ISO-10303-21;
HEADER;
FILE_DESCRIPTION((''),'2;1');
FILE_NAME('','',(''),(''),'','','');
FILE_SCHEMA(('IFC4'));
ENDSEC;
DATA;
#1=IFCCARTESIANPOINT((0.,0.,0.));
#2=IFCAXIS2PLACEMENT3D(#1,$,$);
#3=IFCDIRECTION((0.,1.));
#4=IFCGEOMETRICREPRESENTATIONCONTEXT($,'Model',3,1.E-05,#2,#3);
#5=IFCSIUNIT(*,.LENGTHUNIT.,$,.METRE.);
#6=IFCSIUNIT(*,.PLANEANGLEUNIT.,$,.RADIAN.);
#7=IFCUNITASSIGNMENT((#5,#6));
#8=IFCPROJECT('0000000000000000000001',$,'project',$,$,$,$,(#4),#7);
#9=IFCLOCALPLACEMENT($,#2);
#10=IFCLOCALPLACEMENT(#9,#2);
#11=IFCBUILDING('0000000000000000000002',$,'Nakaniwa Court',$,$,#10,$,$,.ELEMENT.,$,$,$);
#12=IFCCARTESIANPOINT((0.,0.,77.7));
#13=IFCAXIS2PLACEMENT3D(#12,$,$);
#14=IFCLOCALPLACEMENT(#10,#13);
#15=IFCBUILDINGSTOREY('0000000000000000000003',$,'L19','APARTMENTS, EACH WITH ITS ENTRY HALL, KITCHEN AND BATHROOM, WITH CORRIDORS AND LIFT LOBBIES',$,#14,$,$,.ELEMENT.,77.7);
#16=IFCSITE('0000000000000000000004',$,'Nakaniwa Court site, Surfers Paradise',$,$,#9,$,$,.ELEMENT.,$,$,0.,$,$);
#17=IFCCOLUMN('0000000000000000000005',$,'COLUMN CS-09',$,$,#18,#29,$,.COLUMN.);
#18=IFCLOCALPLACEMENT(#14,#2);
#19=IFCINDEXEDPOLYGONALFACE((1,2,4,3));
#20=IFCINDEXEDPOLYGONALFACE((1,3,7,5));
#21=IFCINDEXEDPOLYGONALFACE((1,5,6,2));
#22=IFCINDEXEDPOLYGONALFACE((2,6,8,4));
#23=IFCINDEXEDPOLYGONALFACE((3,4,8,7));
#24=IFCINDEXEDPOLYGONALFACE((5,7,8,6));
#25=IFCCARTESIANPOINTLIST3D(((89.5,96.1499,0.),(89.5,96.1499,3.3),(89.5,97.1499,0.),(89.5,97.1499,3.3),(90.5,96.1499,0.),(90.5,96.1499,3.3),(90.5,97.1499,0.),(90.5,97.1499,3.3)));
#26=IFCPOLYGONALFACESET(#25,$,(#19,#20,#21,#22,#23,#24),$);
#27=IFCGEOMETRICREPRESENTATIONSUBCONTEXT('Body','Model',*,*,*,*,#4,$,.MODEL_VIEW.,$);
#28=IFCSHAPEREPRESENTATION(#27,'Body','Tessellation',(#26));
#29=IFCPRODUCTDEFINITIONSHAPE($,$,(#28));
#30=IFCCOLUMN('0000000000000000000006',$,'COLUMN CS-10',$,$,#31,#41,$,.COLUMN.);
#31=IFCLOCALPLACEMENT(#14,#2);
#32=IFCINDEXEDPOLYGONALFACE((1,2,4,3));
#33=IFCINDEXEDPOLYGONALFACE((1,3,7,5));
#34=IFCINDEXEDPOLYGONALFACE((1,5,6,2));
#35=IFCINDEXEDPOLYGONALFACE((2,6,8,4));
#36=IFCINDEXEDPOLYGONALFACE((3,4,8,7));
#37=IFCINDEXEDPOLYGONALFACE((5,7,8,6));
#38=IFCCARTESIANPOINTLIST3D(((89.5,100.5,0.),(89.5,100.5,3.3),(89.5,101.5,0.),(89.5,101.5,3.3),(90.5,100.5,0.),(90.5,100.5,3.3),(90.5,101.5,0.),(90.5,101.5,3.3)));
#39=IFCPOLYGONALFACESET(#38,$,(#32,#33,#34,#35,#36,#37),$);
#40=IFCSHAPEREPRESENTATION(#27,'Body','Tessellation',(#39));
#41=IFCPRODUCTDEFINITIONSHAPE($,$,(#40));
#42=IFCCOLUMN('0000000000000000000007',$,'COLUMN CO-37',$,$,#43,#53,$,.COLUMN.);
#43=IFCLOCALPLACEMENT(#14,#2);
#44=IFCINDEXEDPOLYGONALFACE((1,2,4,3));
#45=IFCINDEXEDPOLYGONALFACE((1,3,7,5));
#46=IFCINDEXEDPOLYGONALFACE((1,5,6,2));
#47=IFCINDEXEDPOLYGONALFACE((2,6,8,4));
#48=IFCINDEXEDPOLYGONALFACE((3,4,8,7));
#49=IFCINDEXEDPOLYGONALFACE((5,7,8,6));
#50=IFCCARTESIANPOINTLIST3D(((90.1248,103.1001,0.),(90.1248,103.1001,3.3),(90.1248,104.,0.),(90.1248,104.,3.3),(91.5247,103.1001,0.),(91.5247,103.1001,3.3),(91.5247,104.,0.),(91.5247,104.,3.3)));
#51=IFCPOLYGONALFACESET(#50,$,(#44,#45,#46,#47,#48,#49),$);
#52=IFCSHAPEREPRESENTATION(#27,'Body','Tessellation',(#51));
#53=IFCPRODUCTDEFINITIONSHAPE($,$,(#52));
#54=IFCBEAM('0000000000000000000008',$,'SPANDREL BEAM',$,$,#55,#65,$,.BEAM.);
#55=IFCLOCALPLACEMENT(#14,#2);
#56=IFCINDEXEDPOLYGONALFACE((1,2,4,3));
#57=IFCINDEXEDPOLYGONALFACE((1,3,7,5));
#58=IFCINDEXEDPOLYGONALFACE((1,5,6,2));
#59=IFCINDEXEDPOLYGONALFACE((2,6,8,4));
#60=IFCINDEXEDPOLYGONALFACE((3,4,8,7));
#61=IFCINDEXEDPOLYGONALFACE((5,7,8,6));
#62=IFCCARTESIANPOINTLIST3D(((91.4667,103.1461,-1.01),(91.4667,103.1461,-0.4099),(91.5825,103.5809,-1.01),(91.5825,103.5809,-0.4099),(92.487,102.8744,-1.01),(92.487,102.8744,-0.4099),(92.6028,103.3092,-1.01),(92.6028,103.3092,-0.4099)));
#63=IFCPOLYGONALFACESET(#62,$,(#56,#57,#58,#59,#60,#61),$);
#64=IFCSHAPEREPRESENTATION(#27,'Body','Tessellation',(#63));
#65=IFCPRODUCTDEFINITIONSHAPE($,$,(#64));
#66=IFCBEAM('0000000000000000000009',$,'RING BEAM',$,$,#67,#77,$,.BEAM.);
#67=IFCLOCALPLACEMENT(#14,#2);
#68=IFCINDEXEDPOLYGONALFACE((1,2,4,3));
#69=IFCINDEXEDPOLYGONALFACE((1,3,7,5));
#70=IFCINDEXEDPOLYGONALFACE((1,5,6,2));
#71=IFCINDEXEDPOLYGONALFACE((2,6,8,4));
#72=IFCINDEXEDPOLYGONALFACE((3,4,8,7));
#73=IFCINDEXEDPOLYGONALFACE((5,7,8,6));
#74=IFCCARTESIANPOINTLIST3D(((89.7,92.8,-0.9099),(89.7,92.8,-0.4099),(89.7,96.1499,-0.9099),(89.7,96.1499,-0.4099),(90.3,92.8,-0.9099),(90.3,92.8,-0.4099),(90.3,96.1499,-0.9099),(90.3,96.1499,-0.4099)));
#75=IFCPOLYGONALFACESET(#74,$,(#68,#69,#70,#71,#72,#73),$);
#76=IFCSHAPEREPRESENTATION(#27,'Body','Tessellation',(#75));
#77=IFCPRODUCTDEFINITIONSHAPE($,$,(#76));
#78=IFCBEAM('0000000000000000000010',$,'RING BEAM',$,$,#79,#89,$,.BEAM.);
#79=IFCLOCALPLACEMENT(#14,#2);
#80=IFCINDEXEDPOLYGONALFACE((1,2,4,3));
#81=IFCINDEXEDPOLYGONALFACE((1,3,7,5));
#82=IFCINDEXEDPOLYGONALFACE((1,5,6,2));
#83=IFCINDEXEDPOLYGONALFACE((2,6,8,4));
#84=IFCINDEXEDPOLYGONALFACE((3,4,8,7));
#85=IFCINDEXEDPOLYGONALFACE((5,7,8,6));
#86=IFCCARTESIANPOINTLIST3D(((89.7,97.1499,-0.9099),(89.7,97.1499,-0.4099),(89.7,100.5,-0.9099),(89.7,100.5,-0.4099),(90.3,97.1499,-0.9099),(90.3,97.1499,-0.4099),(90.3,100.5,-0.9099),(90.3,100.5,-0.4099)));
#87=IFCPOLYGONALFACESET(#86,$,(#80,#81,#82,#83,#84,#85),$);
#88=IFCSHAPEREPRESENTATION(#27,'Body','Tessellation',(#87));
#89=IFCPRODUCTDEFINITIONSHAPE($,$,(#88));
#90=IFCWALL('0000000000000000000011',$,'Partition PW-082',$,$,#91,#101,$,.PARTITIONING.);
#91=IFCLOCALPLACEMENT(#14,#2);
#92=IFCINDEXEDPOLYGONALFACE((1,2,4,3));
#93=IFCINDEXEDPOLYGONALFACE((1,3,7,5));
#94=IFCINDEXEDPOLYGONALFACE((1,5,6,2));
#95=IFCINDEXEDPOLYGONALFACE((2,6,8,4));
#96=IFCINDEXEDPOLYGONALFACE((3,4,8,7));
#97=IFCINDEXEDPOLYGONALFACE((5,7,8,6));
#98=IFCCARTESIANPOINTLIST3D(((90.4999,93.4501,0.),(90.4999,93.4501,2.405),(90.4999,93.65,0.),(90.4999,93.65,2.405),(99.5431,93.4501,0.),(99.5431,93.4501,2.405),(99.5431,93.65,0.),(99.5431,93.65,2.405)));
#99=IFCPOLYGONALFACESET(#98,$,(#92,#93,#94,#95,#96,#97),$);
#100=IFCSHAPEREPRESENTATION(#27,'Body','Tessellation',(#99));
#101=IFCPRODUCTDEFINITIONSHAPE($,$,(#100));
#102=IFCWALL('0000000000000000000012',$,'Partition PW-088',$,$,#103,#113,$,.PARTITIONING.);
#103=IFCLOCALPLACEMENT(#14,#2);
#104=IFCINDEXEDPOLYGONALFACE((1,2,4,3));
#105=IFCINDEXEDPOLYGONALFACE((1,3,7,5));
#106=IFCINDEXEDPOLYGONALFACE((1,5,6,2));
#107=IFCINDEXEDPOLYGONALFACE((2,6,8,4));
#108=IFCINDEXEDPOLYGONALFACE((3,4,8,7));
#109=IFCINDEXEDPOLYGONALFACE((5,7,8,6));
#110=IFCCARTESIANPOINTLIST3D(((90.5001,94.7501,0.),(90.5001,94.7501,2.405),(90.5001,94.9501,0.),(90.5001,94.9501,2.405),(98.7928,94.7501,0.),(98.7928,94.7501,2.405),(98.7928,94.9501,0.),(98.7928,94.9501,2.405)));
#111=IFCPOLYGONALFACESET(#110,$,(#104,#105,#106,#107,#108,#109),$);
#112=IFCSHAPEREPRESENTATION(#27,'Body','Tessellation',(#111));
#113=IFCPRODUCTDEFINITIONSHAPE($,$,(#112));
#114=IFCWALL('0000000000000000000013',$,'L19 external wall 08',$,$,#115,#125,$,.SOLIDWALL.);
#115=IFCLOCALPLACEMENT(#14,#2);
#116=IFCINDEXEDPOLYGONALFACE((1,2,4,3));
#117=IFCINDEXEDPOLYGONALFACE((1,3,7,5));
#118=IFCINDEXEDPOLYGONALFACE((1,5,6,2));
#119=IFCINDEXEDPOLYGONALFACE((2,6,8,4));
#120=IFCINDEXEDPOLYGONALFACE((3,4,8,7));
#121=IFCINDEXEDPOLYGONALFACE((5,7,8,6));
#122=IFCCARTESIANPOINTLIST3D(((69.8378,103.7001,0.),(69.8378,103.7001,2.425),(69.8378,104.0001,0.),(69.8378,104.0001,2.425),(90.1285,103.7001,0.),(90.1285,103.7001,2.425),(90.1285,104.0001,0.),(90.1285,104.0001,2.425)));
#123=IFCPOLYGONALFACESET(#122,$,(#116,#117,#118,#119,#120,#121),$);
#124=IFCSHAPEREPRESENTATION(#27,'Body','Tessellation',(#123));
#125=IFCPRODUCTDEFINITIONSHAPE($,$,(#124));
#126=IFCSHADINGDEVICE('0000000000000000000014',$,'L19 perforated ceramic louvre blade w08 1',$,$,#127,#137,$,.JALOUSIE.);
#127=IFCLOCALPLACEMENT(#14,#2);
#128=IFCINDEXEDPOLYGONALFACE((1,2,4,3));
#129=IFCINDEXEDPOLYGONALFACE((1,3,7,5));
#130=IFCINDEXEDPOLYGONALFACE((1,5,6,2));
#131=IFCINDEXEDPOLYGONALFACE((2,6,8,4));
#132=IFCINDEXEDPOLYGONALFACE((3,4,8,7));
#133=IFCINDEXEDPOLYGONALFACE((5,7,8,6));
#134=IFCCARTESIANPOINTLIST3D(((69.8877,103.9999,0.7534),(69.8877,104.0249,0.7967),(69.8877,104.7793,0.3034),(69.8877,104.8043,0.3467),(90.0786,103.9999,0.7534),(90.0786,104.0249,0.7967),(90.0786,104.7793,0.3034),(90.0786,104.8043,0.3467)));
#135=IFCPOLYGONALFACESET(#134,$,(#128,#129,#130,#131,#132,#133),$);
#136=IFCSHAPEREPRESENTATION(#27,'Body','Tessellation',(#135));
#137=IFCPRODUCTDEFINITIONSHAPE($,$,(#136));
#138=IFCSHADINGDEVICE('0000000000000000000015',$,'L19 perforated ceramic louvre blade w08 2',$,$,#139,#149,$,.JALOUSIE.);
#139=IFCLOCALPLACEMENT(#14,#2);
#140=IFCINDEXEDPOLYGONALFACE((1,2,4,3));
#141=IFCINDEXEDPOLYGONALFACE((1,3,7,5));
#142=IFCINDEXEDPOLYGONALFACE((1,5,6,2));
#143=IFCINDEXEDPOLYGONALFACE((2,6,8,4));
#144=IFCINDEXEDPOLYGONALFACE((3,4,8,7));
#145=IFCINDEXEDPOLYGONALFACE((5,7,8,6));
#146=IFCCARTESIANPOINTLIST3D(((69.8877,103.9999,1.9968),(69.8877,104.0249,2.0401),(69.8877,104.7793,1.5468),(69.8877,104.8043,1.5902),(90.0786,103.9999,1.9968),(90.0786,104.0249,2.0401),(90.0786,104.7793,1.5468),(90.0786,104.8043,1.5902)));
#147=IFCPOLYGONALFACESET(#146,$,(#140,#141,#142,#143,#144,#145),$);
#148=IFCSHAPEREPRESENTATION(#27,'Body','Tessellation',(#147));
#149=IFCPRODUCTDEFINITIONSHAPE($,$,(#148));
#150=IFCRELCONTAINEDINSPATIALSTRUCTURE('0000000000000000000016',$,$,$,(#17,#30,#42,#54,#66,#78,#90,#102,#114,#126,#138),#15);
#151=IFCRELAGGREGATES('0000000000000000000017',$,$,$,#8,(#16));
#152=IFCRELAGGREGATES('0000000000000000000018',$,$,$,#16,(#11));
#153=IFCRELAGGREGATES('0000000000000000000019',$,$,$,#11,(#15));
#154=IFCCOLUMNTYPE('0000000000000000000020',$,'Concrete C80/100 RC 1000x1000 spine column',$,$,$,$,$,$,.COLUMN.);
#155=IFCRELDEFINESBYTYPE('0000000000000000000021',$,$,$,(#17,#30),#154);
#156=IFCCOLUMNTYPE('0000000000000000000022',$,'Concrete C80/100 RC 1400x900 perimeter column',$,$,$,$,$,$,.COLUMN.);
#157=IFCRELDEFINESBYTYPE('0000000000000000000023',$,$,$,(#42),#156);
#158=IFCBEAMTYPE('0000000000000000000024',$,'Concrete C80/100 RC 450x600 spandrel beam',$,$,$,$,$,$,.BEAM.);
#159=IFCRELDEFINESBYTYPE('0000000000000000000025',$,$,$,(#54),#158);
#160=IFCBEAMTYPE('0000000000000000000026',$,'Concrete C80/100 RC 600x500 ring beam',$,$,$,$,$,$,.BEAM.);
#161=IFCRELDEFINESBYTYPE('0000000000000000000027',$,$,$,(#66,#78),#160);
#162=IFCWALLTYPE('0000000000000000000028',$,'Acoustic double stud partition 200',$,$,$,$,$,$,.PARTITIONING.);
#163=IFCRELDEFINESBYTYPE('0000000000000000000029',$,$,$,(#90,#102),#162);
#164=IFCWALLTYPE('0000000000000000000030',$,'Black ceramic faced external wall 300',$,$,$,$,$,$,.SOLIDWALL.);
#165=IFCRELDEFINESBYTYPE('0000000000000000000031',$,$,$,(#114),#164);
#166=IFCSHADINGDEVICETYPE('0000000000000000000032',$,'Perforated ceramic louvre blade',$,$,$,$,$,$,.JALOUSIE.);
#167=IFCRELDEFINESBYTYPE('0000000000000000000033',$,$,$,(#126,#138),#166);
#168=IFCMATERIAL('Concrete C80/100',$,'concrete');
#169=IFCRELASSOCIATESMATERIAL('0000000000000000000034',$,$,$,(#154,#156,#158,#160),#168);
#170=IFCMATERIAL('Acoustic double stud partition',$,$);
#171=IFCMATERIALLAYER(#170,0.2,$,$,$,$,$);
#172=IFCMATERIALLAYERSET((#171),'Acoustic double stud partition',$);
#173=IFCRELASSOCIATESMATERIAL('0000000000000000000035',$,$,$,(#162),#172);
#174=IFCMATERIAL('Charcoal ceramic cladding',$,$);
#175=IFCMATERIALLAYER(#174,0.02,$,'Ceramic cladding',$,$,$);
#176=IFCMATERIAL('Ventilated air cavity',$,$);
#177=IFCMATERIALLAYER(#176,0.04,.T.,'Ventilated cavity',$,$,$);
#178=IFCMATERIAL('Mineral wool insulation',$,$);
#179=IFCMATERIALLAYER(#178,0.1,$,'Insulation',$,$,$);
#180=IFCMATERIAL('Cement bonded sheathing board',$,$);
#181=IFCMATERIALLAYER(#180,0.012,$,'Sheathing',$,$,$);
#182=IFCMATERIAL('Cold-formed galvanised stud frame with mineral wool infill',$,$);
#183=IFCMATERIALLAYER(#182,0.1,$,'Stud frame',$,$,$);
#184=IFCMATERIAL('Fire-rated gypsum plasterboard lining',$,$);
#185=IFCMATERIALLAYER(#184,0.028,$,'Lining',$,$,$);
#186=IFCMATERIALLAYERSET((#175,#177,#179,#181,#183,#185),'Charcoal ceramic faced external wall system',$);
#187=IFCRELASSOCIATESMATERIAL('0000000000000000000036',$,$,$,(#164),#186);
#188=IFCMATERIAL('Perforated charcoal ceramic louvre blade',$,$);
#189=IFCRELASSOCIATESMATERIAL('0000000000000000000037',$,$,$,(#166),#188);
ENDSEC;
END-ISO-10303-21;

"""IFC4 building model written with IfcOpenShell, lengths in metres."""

from ifc_helpers import new_model, si_unit, direction, frame, frame_2d, origin, origin_2d, place, context, subcontext, project, spatial, rectangle, extrude, material, layer, layer_set, material_profile, profile_set, type_object, element, save


model = new_model("IFC4")

# Units and contexts
model_context = context("Model", 3, precision=1e-05, world=origin(), true_north=direction((0.0, 1.0)))
body_context = subcontext(model_context, "Body", "Model", "MODEL_VIEW")
ifc_project = project(units=[si_unit("LENGTHUNIT", "METRE"), si_unit("PLANEANGLEUNIT", "RADIAN")], contexts=[model_context])

# Site, building, storey
site_placement = place(None, origin())
site = spatial("IfcSite", under=ifc_project, at=site_placement, Name="Nakaniwa Court site, Surfers Paradise", CompositionType="ELEMENT", RefElevation=0.0)
building_placement = place(site_placement, origin())
building = spatial("IfcBuilding", under=site, at=building_placement, Name="Nakaniwa Court", CompositionType="ELEMENT")
storey_placement = place(building_placement, frame((0.0, 0.0, 77.7)))
storey = spatial("IfcBuildingStorey", under=building, at=storey_placement, Name="L19", Description="APARTMENTS, EACH WITH ITS ENTRY HALL, KITCHEN AND BATHROOM, WITH CORRIDORS AND LIFT LOBBIES", CompositionType="ELEMENT", Elevation=77.7)

# Columns
ifc_material_1 = material(Name="Concrete C80/100", Category="concrete")
ifc_material_profile_1 = material_profile(ifc_material_1, rectangle(XDim=1.0, YDim=1.0, at=origin_2d()), Name="Concrete C80/100 RC 1000x1000 spine column")
ifc_profile_set_1 = profile_set([ifc_material_profile_1], Name="Concrete C80/100")
column_type_1 = type_object("IfcColumnType", Name="Concrete C80/100 RC 1000x1000 spine column", PredefinedType="COLUMN", material=ifc_profile_set_1)
for number, where, z_axis, x_axis, name in (
    (1, (90.0, 96.6499, 0.0), (0.0, 0.0, 1.0), (0.0, 1.0, 0.0), "COLUMN CS-09"),
    (2, (90.0, 101.0, 0.0), (0.0, 0.0, 1.0), (0.0, 1.0, 0.0), "COLUMN CS-10"),
):
    element("IfcColumn", number, at=place(storey_placement, frame(where, z_axis=z_axis, x_axis=x_axis)), inside=storey, type_object=column_type_1, Name=name, PredefinedType="COLUMN", context=body_context, shape_type="SweptSolid", body=[
        extrude(rectangle(XDim=1.0, YDim=1.0, at=origin_2d()), origin(), (0.0, 0.0, 1.0), 3.3),
    ])
ifc_material_profile_2 = material_profile(ifc_material_1, rectangle(XDim=1.3999, YDim=0.8999, at=origin_2d()), Name="Concrete C80/100 RC 1400x900 perimeter column")
ifc_profile_set_2 = profile_set([ifc_material_profile_2], Name="Concrete C80/100")
column_type_2 = type_object("IfcColumnType", Name="Concrete C80/100 RC 1400x900 perimeter column", PredefinedType="COLUMN", material=ifc_profile_set_2)
column_placement = place(storey_placement, frame((90.8247, 103.55, 0.0), z_axis=(0.0, 0.0, 1.0), x_axis=(-1.0, 0.0, 0.0)))
element("IfcColumn", 3, at=column_placement, inside=storey, type_object=column_type_2, Name="COLUMN CO-37", PredefinedType="COLUMN", context=body_context, shape_type="SweptSolid", body=[
    extrude(rectangle(XDim=1.3999, YDim=0.8999, at=origin_2d()), origin(), (0.0, 0.0, 1.0), 3.3),
])

# Beams
ifc_material_profile_3 = material_profile(ifc_material_1, rectangle(XDim=0.45, YDim=0.6001, at=origin_2d()), Name="Concrete C80/100 RC 450x600 spandrel beam")
ifc_profile_set_3 = profile_set([ifc_material_profile_3], Name="Concrete C80/100")
beam_type_1 = type_object("IfcBeamType", Name="Concrete C80/100 RC 450x600 spandrel beam", PredefinedType="BEAM", material=ifc_profile_set_3)
beam_1_placement = place(storey_placement, frame((92.5449, 103.0918, -0.71), z_axis=(-0.966315, 0.25736, 0.0), x_axis=(-0.25736, -0.966315, 0.0)))
element("IfcBeam", 4, at=beam_1_placement, inside=storey, type_object=beam_type_1, Name="SPANDREL BEAM", PredefinedType="BEAM", context=body_context, shape_type="SweptSolid", body=[
    extrude(rectangle(XDim=0.45, YDim=0.6001, at=origin_2d()), origin(), (0.0, 0.0, 1.0), 1.0559),
])
ifc_material_profile_4 = material_profile(ifc_material_1, rectangle(XDim=0.6001, YDim=0.5, at=origin_2d()), Name="Concrete C80/100 RC 600x500 ring beam")
ifc_profile_set_4 = profile_set([ifc_material_profile_4], Name="Concrete C80/100")
beam_type_2 = type_object("IfcBeamType", Name="Concrete C80/100 RC 600x500 ring beam", PredefinedType="BEAM", material=ifc_profile_set_4)
beam_2_placement = place(storey_placement, frame((90.0, 92.8, -0.6599), z_axis=(0.0, 1.0, 0.0), x_axis=(-1.0, 0.0, 0.0)))
element("IfcBeam", 5, at=beam_2_placement, inside=storey, type_object=beam_type_2, Name="RING BEAM", PredefinedType="BEAM", context=body_context, shape_type="SweptSolid", body=[
    extrude(rectangle(XDim=0.6001, YDim=0.5, at=origin_2d()), origin(), (0.0, 0.0, 1.0), 3.3499),
])
beam_3_placement = place(storey_placement, frame((90.0, 97.1499, -0.6599), z_axis=(0.0, 1.0, 0.0), x_axis=(-1.0, 0.0, 0.0)))
element("IfcBeam", 6, at=beam_3_placement, inside=storey, type_object=beam_type_2, Name="RING BEAM", PredefinedType="BEAM", context=body_context, shape_type="SweptSolid", body=[
    extrude(rectangle(XDim=0.6001, YDim=0.5, at=origin_2d()), origin(), (0.0, 0.0, 1.0), 3.3501),
])

# Walls
ifc_material_2 = material(Name="Acoustic double stud partition")
ifc_layer_1 = layer(ifc_material_2, 0.2)
ifc_layer_set_1 = layer_set([ifc_layer_1], Name="Acoustic double stud partition")
wall_type_1 = type_object("IfcWallType", Name="Acoustic double stud partition 200", PredefinedType="PARTITIONING", material=ifc_layer_set_1)
wall_1_placement = place(storey_placement, frame((90.5, 93.55, 0.0), z_axis=(0.0, 0.0, 1.0), x_axis=(1.0, 0.0, 0.0)))
element("IfcWall", 7, at=wall_1_placement, inside=storey, type_object=wall_type_1, Name="Partition PW-082", PredefinedType="PARTITIONING", context=body_context, shape_type="SweptSolid", body=[
    extrude(rectangle(XDim=9.0432, YDim=0.2, at=frame_2d((4.5215, 0.0))), origin(), (0.0, 0.0, 1.0), 2.405),
])
wall_2_placement = place(storey_placement, frame((90.5, 94.8501, 0.0), z_axis=(0.0, 0.0, 1.0), x_axis=(1.0, 0.0, 0.0)))
element("IfcWall", 8, at=wall_2_placement, inside=storey, type_object=wall_type_1, Name="Partition PW-088", PredefinedType="PARTITIONING", context=body_context, shape_type="SweptSolid", body=[
    extrude(rectangle(XDim=8.2927, YDim=0.2, at=frame_2d((4.1465, 0.0))), origin(), (0.0, 0.0, 1.0), 2.405),
])
ifc_material_3 = material(Name="Charcoal ceramic cladding")
ifc_layer_2 = layer(ifc_material_3, 0.02, Name="Ceramic cladding")
ifc_material_4 = material(Name="Ventilated air cavity")
ifc_layer_3 = layer(ifc_material_4, 0.04, ventilated=True, Name="Ventilated cavity")
ifc_material_5 = material(Name="Mineral wool insulation")
ifc_layer_4 = layer(ifc_material_5, 0.1, Name="Insulation")
ifc_material_6 = material(Name="Cement bonded sheathing board")
ifc_layer_5 = layer(ifc_material_6, 0.012, Name="Sheathing")
ifc_material_7 = material(Name="Cold-formed galvanised stud frame with mineral wool infill")
ifc_layer_6 = layer(ifc_material_7, 0.1, Name="Stud frame")
ifc_material_8 = material(Name="Fire-rated gypsum plasterboard lining")
ifc_layer_7 = layer(ifc_material_8, 0.028, Name="Lining")
ifc_layer_set_2 = layer_set([ifc_layer_2, ifc_layer_3, ifc_layer_4, ifc_layer_5, ifc_layer_6, ifc_layer_7], Name="Charcoal ceramic faced external wall system")
wall_type_2 = type_object("IfcWallType", Name="Black ceramic faced external wall 300", PredefinedType="SOLIDWALL", material=ifc_layer_set_2)
wall_3_placement = place(storey_placement, frame((90.1287, 103.8501, 0.0), z_axis=(0.0, 0.0, 1.0), x_axis=(-1.0, 0.0, 0.0)))
element("IfcWall", 9, at=wall_3_placement, inside=storey, type_object=wall_type_2, Name="L19 external wall 08", PredefinedType="SOLIDWALL", context=body_context, shape_type="SweptSolid", body=[
    extrude(rectangle(XDim=20.2908, YDim=0.3, at=frame_2d((10.1455, 0.0))), origin(), (0.0, 0.0, 1.0), 2.425),
])

# Shading devices
ifc_material_9 = material(Name="Perforated charcoal ceramic louvre blade")
ifc_material_profile_5 = material_profile(ifc_material_9, rectangle(XDim=0.8999, YDim=0.05, at=origin_2d()), Name="Perforated ceramic louvre blade")
ifc_profile_set_5 = profile_set([ifc_material_profile_5], Name="Perforated charcoal ceramic louvre blade")
shading_device_type = type_object("IfcShadingDeviceType", Name="Perforated ceramic louvre blade", PredefinedType="JALOUSIE", material=ifc_profile_set_5)
for number, where, z_axis, x_axis, name in (
    (10, (90.0786, 104.4021, 0.55), (-1.0, 0.0, 0.0), (0.0, -0.866025, 0.5), "L19 perforated ceramic louvre blade w08 1"),
    (11, (90.0786, 104.4021, 1.7935), (-1.0, 0.0, 0.0), (0.0, -0.866025, 0.5), "L19 perforated ceramic louvre blade w08 2"),
):
    element("IfcShadingDevice", number, at=place(storey_placement, frame(where, z_axis=z_axis, x_axis=x_axis)), inside=storey, type_object=shading_device_type, Name=name, PredefinedType="JALOUSIE", context=body_context, shape_type="SweptSolid", body=[
        extrude(rectangle(XDim=0.8999, YDim=0.05, at=origin_2d()), origin(), (0.0, 0.0, 1.0), 20.1909),
    ])

save(model, "model.ifc")
